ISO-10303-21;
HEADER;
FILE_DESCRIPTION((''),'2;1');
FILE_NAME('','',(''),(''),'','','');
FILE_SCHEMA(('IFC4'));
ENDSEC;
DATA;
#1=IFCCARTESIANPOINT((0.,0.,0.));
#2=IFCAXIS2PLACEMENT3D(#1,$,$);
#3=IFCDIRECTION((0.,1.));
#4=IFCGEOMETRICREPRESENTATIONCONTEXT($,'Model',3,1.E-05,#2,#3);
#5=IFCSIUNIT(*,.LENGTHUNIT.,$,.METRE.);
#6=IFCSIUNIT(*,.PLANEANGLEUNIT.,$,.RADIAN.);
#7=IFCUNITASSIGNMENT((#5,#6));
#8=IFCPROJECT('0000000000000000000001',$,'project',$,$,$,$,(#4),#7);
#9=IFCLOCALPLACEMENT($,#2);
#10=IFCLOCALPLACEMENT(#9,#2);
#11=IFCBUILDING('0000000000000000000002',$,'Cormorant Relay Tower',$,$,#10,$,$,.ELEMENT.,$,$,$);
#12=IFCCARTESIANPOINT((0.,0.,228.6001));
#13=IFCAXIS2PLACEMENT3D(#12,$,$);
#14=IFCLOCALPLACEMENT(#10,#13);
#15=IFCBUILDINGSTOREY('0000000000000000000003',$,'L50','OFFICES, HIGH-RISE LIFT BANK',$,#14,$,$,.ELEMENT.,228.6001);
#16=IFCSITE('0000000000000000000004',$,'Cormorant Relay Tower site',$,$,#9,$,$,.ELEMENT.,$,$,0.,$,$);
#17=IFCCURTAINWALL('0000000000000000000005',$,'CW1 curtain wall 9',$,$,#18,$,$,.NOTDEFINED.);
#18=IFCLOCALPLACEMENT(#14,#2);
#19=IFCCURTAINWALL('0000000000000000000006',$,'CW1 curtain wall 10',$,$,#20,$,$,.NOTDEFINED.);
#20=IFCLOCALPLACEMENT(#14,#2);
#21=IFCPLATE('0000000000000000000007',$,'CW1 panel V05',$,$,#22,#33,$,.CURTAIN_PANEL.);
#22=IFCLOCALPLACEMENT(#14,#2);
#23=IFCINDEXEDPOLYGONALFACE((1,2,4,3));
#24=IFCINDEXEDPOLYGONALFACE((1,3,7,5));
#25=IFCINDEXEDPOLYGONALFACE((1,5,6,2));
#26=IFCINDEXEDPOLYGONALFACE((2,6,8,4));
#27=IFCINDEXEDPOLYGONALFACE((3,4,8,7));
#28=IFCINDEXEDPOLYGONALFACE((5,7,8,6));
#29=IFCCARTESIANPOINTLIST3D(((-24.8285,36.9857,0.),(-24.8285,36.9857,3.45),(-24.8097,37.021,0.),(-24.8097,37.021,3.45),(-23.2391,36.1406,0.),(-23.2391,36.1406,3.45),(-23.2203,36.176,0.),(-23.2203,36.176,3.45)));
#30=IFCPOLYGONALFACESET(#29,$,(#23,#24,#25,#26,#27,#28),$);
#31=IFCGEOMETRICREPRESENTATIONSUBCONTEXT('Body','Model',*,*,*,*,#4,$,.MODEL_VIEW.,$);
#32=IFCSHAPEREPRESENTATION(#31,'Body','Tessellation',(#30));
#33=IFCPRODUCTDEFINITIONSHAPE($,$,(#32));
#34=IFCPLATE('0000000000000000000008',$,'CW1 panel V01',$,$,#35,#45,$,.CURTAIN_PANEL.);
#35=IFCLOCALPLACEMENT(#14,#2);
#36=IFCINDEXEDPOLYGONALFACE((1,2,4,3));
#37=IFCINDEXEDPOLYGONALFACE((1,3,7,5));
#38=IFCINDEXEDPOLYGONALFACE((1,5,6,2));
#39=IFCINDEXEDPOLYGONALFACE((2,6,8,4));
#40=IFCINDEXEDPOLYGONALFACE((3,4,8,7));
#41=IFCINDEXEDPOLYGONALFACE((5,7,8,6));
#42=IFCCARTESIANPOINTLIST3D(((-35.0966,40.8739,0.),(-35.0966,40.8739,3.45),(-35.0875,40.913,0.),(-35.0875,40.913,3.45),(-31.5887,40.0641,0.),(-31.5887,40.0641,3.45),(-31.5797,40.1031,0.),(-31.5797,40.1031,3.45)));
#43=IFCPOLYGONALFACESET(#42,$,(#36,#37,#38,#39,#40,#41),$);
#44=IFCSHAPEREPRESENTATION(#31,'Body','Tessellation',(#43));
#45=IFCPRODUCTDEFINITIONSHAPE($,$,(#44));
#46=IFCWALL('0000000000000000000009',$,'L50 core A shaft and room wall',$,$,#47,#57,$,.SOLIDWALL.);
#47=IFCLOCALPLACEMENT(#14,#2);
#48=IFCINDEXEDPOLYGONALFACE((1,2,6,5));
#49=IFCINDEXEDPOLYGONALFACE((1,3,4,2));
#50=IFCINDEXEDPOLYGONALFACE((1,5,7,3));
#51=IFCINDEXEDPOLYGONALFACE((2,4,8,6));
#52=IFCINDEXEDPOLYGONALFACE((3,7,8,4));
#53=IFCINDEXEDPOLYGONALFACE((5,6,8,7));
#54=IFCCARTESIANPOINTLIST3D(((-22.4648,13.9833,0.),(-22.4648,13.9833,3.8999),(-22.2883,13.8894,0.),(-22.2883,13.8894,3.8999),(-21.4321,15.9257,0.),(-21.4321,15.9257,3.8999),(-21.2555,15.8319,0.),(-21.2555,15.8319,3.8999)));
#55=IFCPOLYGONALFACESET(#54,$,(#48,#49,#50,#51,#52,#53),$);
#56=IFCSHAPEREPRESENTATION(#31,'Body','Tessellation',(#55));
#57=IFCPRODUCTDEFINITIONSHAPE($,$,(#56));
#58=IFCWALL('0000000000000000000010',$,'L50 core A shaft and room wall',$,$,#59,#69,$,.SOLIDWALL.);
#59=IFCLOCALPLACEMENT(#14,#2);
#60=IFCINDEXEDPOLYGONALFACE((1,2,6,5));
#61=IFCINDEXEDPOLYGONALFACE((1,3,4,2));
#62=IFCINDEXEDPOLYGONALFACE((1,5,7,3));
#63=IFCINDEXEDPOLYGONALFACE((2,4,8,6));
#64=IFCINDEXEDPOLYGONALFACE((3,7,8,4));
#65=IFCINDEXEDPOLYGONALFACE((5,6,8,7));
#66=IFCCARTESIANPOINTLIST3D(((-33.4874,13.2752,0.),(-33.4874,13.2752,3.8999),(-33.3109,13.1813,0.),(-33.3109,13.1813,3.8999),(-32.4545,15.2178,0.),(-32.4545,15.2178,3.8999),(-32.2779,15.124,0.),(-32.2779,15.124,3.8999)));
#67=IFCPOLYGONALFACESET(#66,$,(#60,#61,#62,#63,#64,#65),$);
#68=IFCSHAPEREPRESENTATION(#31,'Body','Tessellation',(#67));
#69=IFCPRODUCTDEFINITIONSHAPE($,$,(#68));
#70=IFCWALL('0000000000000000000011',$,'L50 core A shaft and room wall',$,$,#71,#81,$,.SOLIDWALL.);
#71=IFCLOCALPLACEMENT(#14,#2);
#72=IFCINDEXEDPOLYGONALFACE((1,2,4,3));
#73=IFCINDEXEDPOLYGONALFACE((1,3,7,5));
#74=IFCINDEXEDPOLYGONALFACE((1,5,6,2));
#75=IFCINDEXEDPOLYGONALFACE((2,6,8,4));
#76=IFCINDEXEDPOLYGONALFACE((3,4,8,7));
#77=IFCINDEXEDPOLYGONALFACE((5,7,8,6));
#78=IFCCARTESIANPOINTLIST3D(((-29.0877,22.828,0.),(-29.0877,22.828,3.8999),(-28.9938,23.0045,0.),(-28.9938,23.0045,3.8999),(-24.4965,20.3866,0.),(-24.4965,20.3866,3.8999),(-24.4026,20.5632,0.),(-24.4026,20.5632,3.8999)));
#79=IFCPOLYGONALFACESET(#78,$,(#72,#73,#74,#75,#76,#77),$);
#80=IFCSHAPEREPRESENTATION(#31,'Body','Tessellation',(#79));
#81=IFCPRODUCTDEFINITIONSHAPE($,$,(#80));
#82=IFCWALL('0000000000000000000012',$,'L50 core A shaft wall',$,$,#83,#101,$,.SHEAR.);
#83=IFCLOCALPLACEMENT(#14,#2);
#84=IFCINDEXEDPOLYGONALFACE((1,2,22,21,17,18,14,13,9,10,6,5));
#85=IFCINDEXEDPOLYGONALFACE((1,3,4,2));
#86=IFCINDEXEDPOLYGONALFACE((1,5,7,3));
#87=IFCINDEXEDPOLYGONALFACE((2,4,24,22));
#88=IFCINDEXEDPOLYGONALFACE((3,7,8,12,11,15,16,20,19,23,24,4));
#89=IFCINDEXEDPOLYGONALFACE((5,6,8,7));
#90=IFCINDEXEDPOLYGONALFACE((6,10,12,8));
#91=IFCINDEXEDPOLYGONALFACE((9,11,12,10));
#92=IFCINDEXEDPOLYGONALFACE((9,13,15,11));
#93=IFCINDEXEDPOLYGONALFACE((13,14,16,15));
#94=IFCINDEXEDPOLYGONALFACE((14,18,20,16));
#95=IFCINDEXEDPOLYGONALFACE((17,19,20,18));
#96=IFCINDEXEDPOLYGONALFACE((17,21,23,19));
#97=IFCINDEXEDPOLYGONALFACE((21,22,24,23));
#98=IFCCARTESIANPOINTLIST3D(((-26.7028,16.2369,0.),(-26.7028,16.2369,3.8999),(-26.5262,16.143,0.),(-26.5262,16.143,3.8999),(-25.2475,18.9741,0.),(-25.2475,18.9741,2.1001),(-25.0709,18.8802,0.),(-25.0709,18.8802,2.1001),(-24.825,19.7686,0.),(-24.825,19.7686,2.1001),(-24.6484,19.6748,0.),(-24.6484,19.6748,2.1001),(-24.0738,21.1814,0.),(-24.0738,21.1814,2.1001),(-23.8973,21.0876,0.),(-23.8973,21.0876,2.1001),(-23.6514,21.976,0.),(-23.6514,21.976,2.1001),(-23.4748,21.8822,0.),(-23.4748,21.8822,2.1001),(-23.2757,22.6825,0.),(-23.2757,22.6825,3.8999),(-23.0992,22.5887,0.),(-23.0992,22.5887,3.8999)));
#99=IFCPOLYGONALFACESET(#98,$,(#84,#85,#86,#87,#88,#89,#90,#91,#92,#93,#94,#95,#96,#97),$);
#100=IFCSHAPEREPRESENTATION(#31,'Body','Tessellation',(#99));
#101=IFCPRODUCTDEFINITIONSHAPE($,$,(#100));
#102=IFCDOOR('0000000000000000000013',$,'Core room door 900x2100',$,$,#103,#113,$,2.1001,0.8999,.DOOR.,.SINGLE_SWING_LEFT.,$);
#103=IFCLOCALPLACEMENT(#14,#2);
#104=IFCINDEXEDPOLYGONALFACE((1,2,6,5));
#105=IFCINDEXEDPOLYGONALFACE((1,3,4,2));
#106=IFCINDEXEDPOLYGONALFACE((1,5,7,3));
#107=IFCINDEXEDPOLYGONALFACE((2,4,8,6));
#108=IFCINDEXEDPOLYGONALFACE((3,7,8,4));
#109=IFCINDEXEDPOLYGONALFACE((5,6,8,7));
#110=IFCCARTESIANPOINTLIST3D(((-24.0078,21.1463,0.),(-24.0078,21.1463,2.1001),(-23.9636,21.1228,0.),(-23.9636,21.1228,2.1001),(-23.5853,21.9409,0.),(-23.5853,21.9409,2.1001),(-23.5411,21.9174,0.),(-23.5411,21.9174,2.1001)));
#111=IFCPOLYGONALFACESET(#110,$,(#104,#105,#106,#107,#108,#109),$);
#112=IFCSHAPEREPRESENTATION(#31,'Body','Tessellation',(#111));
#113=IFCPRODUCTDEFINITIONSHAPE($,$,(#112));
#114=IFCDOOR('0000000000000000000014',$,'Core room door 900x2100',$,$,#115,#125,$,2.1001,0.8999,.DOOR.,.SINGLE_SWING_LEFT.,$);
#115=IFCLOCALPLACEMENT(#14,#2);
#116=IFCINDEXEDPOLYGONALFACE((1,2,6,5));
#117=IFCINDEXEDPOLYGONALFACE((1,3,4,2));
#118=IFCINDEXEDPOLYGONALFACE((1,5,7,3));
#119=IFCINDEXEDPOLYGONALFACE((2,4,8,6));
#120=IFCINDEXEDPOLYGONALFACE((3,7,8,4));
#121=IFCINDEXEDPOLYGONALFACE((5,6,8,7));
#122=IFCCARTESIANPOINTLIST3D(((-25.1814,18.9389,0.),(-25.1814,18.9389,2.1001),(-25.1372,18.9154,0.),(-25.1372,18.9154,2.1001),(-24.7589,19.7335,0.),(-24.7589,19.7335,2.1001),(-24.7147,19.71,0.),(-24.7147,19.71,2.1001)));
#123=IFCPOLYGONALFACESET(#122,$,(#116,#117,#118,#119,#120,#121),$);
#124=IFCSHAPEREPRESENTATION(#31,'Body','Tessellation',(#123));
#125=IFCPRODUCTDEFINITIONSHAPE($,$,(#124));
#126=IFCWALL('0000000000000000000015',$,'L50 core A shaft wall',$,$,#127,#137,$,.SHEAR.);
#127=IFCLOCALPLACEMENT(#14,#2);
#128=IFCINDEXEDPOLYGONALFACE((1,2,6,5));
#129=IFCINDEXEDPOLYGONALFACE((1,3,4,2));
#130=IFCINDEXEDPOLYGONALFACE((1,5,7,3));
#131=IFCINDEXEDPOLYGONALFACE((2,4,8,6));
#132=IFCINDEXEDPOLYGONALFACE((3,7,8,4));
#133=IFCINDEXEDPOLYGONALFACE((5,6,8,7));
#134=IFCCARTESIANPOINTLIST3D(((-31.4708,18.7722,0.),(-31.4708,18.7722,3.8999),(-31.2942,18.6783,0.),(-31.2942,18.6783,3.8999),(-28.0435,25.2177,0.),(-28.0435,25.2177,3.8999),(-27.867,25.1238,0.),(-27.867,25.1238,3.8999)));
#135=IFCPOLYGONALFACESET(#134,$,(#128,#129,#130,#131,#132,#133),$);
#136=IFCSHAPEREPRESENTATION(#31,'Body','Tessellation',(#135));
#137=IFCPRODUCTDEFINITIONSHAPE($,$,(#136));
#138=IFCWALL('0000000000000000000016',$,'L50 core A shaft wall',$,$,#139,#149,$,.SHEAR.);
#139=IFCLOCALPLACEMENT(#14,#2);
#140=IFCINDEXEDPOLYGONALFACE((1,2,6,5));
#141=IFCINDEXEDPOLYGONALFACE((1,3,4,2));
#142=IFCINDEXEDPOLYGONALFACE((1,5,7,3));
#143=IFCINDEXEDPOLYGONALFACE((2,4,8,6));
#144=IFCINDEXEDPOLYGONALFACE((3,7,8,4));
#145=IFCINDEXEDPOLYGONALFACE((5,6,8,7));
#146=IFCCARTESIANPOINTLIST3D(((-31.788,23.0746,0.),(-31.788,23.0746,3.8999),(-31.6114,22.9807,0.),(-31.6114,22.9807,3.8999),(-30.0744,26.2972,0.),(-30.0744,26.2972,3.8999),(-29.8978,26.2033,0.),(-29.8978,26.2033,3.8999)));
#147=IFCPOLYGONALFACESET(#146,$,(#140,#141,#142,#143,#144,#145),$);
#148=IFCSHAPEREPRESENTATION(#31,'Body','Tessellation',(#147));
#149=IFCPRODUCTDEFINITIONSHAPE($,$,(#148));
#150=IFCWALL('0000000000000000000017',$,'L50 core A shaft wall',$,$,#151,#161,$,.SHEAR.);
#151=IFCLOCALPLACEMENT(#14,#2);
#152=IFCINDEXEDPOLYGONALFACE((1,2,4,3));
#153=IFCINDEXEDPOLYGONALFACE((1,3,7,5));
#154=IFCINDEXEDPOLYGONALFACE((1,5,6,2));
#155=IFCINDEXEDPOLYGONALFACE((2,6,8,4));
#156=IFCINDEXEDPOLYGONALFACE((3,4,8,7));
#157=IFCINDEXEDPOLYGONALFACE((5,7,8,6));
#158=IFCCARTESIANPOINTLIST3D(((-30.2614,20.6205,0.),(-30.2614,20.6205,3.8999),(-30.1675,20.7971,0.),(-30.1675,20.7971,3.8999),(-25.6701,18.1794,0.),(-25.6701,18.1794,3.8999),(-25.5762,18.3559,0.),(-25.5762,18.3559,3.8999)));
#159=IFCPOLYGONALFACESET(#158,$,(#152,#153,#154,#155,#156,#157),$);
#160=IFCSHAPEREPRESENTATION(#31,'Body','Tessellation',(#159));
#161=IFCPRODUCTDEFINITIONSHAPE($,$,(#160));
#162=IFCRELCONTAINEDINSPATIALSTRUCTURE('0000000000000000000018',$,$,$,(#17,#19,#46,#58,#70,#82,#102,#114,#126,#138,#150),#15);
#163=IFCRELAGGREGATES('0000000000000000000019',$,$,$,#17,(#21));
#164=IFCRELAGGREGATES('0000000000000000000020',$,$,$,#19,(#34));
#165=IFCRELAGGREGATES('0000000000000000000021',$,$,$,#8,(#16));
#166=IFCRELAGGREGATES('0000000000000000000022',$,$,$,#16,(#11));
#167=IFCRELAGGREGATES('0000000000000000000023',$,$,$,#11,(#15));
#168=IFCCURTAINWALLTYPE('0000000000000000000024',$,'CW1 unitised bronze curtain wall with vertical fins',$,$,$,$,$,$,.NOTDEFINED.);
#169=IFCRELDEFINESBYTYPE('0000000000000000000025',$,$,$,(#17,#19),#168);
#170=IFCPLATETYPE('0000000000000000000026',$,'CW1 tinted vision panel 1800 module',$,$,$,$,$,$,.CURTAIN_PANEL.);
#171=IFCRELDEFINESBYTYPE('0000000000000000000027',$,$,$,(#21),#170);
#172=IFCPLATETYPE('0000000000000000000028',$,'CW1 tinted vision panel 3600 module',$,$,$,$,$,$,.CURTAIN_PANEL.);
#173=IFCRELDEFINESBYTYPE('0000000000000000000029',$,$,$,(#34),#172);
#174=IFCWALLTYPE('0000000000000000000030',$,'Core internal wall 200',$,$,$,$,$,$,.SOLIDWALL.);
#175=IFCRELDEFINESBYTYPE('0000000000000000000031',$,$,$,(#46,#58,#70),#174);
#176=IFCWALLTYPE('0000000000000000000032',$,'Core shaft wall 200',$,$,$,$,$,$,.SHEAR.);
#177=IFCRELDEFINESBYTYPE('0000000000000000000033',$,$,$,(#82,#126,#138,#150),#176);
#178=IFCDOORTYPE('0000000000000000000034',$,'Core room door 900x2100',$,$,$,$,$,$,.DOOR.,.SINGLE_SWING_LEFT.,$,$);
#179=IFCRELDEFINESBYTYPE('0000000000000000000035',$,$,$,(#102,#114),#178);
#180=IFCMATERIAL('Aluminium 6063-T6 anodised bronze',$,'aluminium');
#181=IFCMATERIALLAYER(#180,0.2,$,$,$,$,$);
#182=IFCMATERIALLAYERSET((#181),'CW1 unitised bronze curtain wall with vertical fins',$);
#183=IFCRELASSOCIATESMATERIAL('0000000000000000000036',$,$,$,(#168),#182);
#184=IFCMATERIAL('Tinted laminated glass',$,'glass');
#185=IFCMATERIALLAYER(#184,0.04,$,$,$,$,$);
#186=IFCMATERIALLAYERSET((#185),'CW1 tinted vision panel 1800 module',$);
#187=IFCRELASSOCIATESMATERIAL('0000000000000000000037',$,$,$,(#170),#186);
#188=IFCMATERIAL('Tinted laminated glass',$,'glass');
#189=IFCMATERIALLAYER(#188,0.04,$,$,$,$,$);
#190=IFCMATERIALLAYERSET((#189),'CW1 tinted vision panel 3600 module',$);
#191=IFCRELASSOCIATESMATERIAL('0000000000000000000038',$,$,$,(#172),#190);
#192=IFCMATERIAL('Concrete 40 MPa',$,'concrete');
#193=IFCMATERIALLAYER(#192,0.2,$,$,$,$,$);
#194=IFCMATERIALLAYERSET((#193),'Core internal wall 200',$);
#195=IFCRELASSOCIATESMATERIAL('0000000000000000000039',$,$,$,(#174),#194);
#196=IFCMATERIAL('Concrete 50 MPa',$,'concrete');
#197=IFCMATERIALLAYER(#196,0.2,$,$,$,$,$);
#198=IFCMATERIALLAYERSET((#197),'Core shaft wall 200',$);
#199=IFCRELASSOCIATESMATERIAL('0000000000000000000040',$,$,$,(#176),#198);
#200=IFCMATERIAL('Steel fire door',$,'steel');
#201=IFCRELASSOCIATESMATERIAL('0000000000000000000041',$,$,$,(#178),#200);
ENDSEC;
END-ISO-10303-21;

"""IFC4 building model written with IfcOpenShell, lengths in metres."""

from ifc_helpers import new_model, si_unit, direction, frame, frame_2d, origin, origin_2d, place, context, subcontext, project, spatial, rectangle, extrude, material, layer, layer_set, type_object, element, fill, aggregate, save


model = new_model("IFC4")

# Units and contexts
model_context = context("Model", 3, precision=1e-05, world=origin(), true_north=direction((0.0, 1.0)))
body_context = subcontext(model_context, "Body", "Model", "MODEL_VIEW")
ifc_project = project(units=[si_unit("LENGTHUNIT", "METRE"), si_unit("PLANEANGLEUNIT", "RADIAN")], contexts=[model_context])

# Site, building, storey
site_placement = place(None, origin())
site = spatial("IfcSite", under=ifc_project, at=site_placement, Name="Cormorant Relay Tower site", CompositionType="ELEMENT", RefElevation=0.0)
building_placement = place(site_placement, origin())
building = spatial("IfcBuilding", under=site, at=building_placement, Name="Cormorant Relay Tower", CompositionType="ELEMENT")
storey_placement = place(building_placement, frame((0.0, 0.0, 228.6001)))
storey = spatial("IfcBuildingStorey", under=building, at=storey_placement, Name="L50", Description="OFFICES, HIGH-RISE LIFT BANK", CompositionType="ELEMENT", Elevation=228.6001)

# Curtain wall
ifc_material_1 = material(Name="Aluminium 6063-T6 anodised bronze", Category="aluminium")
ifc_layer_1 = layer(ifc_material_1, 0.2)
ifc_layer_set_1 = layer_set([ifc_layer_1], Name="CW1 unitised bronze curtain wall with vertical fins")
curtain_wall_type = type_object("IfcCurtainWallType", Name="CW1 unitised bronze curtain wall with vertical fins", PredefinedType="NOTDEFINED", material=ifc_layer_set_1)
curtain_wall_1_placement = place(storey_placement, origin())
curtain_wall_1 = element("IfcCurtainWall", 1, at=curtain_wall_1_placement, inside=storey, type_object=curtain_wall_type, Name="CW1 curtain wall 9", PredefinedType="NOTDEFINED")

# Curtain wall
curtain_wall_2_placement = place(storey_placement, origin())
curtain_wall_2 = element("IfcCurtainWall", 2, at=curtain_wall_2_placement, inside=storey, type_object=curtain_wall_type, Name="CW1 curtain wall 10", PredefinedType="NOTDEFINED")

# Plates
ifc_material_2 = material(Name="Tinted laminated glass", Category="glass")
ifc_layer_2 = layer(ifc_material_2, 0.04)
ifc_layer_set_2 = layer_set([ifc_layer_2], Name="CW1 tinted vision panel 1800 module")
plate_type_1 = type_object("IfcPlateType", Name="CW1 tinted vision panel 1800 module", PredefinedType="CURTAIN_PANEL", material=ifc_layer_set_2)
plate_1_placement = place(storey_placement, frame((-24.0244, 36.5808, 0.0), z_axis=(0.0, 0.0, 1.0), x_axis=(-0.882948, 0.469472, 0.0)))
plate_1 = element("IfcPlate", 3, at=plate_1_placement, type_object=plate_type_1, Name="CW1 panel V05", PredefinedType="CURTAIN_PANEL", context=body_context, shape_type="SweptSolid", body=[
    extrude(rectangle(XDim=1.8, YDim=0.04, at=origin_2d()), origin(), (0.0, 0.0, 1.0), 3.45),
])
ifc_material_3 = material(Name="Tinted laminated glass", Category="glass")
ifc_layer_3 = layer(ifc_material_3, 0.04)
ifc_layer_set_3 = layer_set([ifc_layer_3], Name="CW1 tinted vision panel 3600 module")
plate_type_2 = type_object("IfcPlateType", Name="CW1 tinted vision panel 3600 module", PredefinedType="CURTAIN_PANEL", material=ifc_layer_set_3)
plate_2_placement = place(storey_placement, frame((-33.3381, 40.4885, 0.0), z_axis=(0.0, 0.0, 1.0), x_axis=(-0.97437, 0.224951, 0.0)))
plate_2 = element("IfcPlate", 4, at=plate_2_placement, type_object=plate_type_2, Name="CW1 panel V01", PredefinedType="CURTAIN_PANEL", context=body_context, shape_type="SweptSolid", body=[
    extrude(rectangle(XDim=3.6001, YDim=0.04, at=origin_2d()), origin(), (0.0, 0.0, 1.0), 3.45),
])

# Walls
ifc_material_4 = material(Name="Concrete 40 MPa", Category="concrete")
ifc_layer_4 = layer(ifc_material_4, 0.2)
ifc_layer_set_4 = layer_set([ifc_layer_4], Name="Core internal wall 200")
wall_type_1 = type_object("IfcWallType", Name="Core internal wall 200", PredefinedType="SOLIDWALL", material=ifc_layer_set_4)
wall_1_placement = place(storey_placement, frame((-21.3438, 15.8789, 0.0), z_axis=(0.0, 0.0, 1.0), x_axis=(-0.469447, -0.88296, 0.0)))
element("IfcWall", 5, at=wall_1_placement, inside=storey, type_object=wall_type_1, Name="L50 core A shaft and room wall", PredefinedType="SOLIDWALL", context=body_context, shape_type="SweptSolid", body=[
    extrude(rectangle(XDim=2.2, YDim=0.2, at=frame_2d((1.1001, 0.0))), origin(), (0.0, 0.0, 1.0), 3.8999),
])
wall_2_placement = place(storey_placement, frame((-32.3662, 15.1709, 0.0), z_axis=(0.0, 0.0, 1.0), x_axis=(-0.469488, -0.882939, 0.0)))
element("IfcWall", 6, at=wall_2_placement, inside=storey, type_object=wall_type_1, Name="L50 core A shaft and room wall", PredefinedType="SOLIDWALL", context=body_context, shape_type="SweptSolid", body=[
    extrude(rectangle(XDim=2.2002, YDim=0.2, at=frame_2d((1.1001, 0.0))), origin(), (0.0, 0.0, 1.0), 3.8999),
])
wall_3_placement = place(storey_placement, frame((-24.4495, 20.4749, 0.0), z_axis=(0.0, 0.0, 1.0), x_axis=(-0.882935, 0.469496, 0.0)))
element("IfcWall", 7, at=wall_3_placement, inside=storey, type_object=wall_type_1, Name="L50 core A shaft and room wall", PredefinedType="SOLIDWALL", context=body_context, shape_type="SweptSolid", body=[
    extrude(rectangle(XDim=5.2, YDim=0.2, at=frame_2d((2.6001, 0.0))), origin(), (0.0, 0.0, 1.0), 3.8999),
])

# Wall, openings, doors
ifc_material_5 = material(Name="Concrete 50 MPa", Category="concrete")
ifc_layer_5 = layer(ifc_material_5, 0.2)
ifc_layer_set_5 = layer_set([ifc_layer_5], Name="Core shaft wall 200")
wall_type_2 = type_object("IfcWallType", Name="Core shaft wall 200", PredefinedType="SHEAR", material=ifc_layer_set_5)
wall_4_placement = place(storey_placement, frame((-23.1875, 22.6355, 0.0), z_axis=(0.0, 0.0, 1.0), x_axis=(-0.469454, -0.882957, 0.0)))
wall_4 = element("IfcWall", 8, at=wall_4_placement, inside=storey, type_object=wall_type_2, Name="L50 core A shaft wall", PredefinedType="SHEAR", context=body_context, shape_type="SweptSolid", body=[
    extrude(rectangle(XDim=7.3, YDim=0.2, at=frame_2d((3.6499, 0.0))), origin(), (0.0, 0.0, 1.0), 3.8999),
])
opening_1_placement = place(wall_4_placement, frame((0.8, 0.0, 0.0)))
opening_1 = element("IfcOpeningElement", 9, at=opening_1_placement, cuts=wall_4, PredefinedType="OPENING", context=body_context, shape_type="SweptSolid", body=[
    extrude(rectangle(XDim=0.8999, YDim=2.1001, at=frame_2d((0.45, 1.05))), frame((0.0, 0.1099, 0.0), z_axis=(0.0, -1.0, 0.0), x_axis=(1.0, 0.0, 0.0)), (0.0, 0.0, 1.0), 0.22),
])
opening_2_placement = place(wall_4_placement, frame((3.3, 0.0, 0.0)))
opening_2 = element("IfcOpeningElement", 10, at=opening_2_placement, cuts=wall_4, PredefinedType="OPENING", context=body_context, shape_type="SweptSolid", body=[
    extrude(rectangle(XDim=0.8999, YDim=2.1001, at=frame_2d((0.45, 1.05))), frame((0.0, 0.1099, 0.0), z_axis=(0.0, -1.0, 0.0), x_axis=(1.0, 0.0, 0.0)), (0.0, 0.0, 1.0), 0.22),
])
ifc_material_6 = material(Name="Steel fire door", Category="steel")
door_type_1 = type_object("IfcDoorType", Name="Core room door 900x2100", OperationType="SINGLE_SWING_LEFT", PredefinedType="DOOR", material=ifc_material_6)
door_1_placement = place(opening_1_placement, origin())
door_1 = element("IfcDoor", 11, at=door_1_placement, inside=storey, type_object=door_type_1, Name="Core room door 900x2100", OperationType="SINGLE_SWING_LEFT", OverallHeight=2.1001, OverallWidth=0.8999, PredefinedType="DOOR", context=body_context, shape_type="SweptSolid", body=[
    extrude(rectangle(XDim=0.8999, YDim=2.1001, at=frame_2d((0.45, 1.05))), frame((0.0, 0.0249, 0.0), z_axis=(0.0, -1.0, 0.0), x_axis=(1.0, 0.0, 0.0)), (0.0, 0.0, 1.0), 0.05),
])
fill(opening_1, door_1)
door_2_placement = place(opening_2_placement, origin())
door_2 = element("IfcDoor", 12, at=door_2_placement, inside=storey, type_object=door_type_1, Name="Core room door 900x2100", OperationType="SINGLE_SWING_LEFT", OverallHeight=2.1001, OverallWidth=0.8999, PredefinedType="DOOR", context=body_context, shape_type="SweptSolid", body=[
    extrude(rectangle(XDim=0.8999, YDim=2.1001, at=frame_2d((0.45, 1.05))), frame((0.0, 0.0249, 0.0), z_axis=(0.0, -1.0, 0.0), x_axis=(1.0, 0.0, 0.0)), (0.0, 0.0, 1.0), 0.05),
])
fill(opening_2, door_2)

# Walls
wall_5_placement = place(storey_placement, frame((-27.9553, 25.1707, 0.0), z_axis=(0.0, 0.0, 1.0), x_axis=(-0.46948, -0.882943, 0.0)))
element("IfcWall", 13, at=wall_5_placement, inside=storey, type_object=wall_type_2, Name="L50 core A shaft wall", PredefinedType="SHEAR", context=body_context, shape_type="SweptSolid", body=[
    extrude(rectangle(XDim=7.3, YDim=0.2, at=frame_2d((3.6499, 0.0))), origin(), (0.0, 0.0, 1.0), 3.8999),
])
wall_6_placement = place(storey_placement, frame((-29.9861, 26.2502, 0.0), z_axis=(0.0, 0.0, 1.0), x_axis=(-0.469494, -0.882936, 0.0)))
element("IfcWall", 14, at=wall_6_placement, inside=storey, type_object=wall_type_2, Name="L50 core A shaft wall", PredefinedType="SHEAR", context=body_context, shape_type="SweptSolid", body=[
    extrude(rectangle(XDim=3.6499, YDim=0.2, at=frame_2d((1.825, 0.0))), origin(), (0.0, 0.0, 1.0), 3.8999),
])

# Wall
wall_7_placement = place(storey_placement, frame((-25.623, 18.2676, 0.0), z_axis=(0.0, 0.0, 1.0), x_axis=(-0.882954, 0.46946, 0.0)))
element("IfcWall", 15, at=wall_7_placement, inside=storey, type_object=wall_type_2, Name="L50 core A shaft wall", PredefinedType="SHEAR", context=body_context, shape_type="SweptSolid", body=[
    extrude(rectangle(XDim=5.2, YDim=0.2, at=frame_2d((2.6001, 0.0))), origin(), (0.0, 0.0, 1.0), 3.8999),
])

aggregate(curtain_wall_1, [plate_1])
aggregate(curtain_wall_2, [plate_2])

save(model, "model.ifc")
